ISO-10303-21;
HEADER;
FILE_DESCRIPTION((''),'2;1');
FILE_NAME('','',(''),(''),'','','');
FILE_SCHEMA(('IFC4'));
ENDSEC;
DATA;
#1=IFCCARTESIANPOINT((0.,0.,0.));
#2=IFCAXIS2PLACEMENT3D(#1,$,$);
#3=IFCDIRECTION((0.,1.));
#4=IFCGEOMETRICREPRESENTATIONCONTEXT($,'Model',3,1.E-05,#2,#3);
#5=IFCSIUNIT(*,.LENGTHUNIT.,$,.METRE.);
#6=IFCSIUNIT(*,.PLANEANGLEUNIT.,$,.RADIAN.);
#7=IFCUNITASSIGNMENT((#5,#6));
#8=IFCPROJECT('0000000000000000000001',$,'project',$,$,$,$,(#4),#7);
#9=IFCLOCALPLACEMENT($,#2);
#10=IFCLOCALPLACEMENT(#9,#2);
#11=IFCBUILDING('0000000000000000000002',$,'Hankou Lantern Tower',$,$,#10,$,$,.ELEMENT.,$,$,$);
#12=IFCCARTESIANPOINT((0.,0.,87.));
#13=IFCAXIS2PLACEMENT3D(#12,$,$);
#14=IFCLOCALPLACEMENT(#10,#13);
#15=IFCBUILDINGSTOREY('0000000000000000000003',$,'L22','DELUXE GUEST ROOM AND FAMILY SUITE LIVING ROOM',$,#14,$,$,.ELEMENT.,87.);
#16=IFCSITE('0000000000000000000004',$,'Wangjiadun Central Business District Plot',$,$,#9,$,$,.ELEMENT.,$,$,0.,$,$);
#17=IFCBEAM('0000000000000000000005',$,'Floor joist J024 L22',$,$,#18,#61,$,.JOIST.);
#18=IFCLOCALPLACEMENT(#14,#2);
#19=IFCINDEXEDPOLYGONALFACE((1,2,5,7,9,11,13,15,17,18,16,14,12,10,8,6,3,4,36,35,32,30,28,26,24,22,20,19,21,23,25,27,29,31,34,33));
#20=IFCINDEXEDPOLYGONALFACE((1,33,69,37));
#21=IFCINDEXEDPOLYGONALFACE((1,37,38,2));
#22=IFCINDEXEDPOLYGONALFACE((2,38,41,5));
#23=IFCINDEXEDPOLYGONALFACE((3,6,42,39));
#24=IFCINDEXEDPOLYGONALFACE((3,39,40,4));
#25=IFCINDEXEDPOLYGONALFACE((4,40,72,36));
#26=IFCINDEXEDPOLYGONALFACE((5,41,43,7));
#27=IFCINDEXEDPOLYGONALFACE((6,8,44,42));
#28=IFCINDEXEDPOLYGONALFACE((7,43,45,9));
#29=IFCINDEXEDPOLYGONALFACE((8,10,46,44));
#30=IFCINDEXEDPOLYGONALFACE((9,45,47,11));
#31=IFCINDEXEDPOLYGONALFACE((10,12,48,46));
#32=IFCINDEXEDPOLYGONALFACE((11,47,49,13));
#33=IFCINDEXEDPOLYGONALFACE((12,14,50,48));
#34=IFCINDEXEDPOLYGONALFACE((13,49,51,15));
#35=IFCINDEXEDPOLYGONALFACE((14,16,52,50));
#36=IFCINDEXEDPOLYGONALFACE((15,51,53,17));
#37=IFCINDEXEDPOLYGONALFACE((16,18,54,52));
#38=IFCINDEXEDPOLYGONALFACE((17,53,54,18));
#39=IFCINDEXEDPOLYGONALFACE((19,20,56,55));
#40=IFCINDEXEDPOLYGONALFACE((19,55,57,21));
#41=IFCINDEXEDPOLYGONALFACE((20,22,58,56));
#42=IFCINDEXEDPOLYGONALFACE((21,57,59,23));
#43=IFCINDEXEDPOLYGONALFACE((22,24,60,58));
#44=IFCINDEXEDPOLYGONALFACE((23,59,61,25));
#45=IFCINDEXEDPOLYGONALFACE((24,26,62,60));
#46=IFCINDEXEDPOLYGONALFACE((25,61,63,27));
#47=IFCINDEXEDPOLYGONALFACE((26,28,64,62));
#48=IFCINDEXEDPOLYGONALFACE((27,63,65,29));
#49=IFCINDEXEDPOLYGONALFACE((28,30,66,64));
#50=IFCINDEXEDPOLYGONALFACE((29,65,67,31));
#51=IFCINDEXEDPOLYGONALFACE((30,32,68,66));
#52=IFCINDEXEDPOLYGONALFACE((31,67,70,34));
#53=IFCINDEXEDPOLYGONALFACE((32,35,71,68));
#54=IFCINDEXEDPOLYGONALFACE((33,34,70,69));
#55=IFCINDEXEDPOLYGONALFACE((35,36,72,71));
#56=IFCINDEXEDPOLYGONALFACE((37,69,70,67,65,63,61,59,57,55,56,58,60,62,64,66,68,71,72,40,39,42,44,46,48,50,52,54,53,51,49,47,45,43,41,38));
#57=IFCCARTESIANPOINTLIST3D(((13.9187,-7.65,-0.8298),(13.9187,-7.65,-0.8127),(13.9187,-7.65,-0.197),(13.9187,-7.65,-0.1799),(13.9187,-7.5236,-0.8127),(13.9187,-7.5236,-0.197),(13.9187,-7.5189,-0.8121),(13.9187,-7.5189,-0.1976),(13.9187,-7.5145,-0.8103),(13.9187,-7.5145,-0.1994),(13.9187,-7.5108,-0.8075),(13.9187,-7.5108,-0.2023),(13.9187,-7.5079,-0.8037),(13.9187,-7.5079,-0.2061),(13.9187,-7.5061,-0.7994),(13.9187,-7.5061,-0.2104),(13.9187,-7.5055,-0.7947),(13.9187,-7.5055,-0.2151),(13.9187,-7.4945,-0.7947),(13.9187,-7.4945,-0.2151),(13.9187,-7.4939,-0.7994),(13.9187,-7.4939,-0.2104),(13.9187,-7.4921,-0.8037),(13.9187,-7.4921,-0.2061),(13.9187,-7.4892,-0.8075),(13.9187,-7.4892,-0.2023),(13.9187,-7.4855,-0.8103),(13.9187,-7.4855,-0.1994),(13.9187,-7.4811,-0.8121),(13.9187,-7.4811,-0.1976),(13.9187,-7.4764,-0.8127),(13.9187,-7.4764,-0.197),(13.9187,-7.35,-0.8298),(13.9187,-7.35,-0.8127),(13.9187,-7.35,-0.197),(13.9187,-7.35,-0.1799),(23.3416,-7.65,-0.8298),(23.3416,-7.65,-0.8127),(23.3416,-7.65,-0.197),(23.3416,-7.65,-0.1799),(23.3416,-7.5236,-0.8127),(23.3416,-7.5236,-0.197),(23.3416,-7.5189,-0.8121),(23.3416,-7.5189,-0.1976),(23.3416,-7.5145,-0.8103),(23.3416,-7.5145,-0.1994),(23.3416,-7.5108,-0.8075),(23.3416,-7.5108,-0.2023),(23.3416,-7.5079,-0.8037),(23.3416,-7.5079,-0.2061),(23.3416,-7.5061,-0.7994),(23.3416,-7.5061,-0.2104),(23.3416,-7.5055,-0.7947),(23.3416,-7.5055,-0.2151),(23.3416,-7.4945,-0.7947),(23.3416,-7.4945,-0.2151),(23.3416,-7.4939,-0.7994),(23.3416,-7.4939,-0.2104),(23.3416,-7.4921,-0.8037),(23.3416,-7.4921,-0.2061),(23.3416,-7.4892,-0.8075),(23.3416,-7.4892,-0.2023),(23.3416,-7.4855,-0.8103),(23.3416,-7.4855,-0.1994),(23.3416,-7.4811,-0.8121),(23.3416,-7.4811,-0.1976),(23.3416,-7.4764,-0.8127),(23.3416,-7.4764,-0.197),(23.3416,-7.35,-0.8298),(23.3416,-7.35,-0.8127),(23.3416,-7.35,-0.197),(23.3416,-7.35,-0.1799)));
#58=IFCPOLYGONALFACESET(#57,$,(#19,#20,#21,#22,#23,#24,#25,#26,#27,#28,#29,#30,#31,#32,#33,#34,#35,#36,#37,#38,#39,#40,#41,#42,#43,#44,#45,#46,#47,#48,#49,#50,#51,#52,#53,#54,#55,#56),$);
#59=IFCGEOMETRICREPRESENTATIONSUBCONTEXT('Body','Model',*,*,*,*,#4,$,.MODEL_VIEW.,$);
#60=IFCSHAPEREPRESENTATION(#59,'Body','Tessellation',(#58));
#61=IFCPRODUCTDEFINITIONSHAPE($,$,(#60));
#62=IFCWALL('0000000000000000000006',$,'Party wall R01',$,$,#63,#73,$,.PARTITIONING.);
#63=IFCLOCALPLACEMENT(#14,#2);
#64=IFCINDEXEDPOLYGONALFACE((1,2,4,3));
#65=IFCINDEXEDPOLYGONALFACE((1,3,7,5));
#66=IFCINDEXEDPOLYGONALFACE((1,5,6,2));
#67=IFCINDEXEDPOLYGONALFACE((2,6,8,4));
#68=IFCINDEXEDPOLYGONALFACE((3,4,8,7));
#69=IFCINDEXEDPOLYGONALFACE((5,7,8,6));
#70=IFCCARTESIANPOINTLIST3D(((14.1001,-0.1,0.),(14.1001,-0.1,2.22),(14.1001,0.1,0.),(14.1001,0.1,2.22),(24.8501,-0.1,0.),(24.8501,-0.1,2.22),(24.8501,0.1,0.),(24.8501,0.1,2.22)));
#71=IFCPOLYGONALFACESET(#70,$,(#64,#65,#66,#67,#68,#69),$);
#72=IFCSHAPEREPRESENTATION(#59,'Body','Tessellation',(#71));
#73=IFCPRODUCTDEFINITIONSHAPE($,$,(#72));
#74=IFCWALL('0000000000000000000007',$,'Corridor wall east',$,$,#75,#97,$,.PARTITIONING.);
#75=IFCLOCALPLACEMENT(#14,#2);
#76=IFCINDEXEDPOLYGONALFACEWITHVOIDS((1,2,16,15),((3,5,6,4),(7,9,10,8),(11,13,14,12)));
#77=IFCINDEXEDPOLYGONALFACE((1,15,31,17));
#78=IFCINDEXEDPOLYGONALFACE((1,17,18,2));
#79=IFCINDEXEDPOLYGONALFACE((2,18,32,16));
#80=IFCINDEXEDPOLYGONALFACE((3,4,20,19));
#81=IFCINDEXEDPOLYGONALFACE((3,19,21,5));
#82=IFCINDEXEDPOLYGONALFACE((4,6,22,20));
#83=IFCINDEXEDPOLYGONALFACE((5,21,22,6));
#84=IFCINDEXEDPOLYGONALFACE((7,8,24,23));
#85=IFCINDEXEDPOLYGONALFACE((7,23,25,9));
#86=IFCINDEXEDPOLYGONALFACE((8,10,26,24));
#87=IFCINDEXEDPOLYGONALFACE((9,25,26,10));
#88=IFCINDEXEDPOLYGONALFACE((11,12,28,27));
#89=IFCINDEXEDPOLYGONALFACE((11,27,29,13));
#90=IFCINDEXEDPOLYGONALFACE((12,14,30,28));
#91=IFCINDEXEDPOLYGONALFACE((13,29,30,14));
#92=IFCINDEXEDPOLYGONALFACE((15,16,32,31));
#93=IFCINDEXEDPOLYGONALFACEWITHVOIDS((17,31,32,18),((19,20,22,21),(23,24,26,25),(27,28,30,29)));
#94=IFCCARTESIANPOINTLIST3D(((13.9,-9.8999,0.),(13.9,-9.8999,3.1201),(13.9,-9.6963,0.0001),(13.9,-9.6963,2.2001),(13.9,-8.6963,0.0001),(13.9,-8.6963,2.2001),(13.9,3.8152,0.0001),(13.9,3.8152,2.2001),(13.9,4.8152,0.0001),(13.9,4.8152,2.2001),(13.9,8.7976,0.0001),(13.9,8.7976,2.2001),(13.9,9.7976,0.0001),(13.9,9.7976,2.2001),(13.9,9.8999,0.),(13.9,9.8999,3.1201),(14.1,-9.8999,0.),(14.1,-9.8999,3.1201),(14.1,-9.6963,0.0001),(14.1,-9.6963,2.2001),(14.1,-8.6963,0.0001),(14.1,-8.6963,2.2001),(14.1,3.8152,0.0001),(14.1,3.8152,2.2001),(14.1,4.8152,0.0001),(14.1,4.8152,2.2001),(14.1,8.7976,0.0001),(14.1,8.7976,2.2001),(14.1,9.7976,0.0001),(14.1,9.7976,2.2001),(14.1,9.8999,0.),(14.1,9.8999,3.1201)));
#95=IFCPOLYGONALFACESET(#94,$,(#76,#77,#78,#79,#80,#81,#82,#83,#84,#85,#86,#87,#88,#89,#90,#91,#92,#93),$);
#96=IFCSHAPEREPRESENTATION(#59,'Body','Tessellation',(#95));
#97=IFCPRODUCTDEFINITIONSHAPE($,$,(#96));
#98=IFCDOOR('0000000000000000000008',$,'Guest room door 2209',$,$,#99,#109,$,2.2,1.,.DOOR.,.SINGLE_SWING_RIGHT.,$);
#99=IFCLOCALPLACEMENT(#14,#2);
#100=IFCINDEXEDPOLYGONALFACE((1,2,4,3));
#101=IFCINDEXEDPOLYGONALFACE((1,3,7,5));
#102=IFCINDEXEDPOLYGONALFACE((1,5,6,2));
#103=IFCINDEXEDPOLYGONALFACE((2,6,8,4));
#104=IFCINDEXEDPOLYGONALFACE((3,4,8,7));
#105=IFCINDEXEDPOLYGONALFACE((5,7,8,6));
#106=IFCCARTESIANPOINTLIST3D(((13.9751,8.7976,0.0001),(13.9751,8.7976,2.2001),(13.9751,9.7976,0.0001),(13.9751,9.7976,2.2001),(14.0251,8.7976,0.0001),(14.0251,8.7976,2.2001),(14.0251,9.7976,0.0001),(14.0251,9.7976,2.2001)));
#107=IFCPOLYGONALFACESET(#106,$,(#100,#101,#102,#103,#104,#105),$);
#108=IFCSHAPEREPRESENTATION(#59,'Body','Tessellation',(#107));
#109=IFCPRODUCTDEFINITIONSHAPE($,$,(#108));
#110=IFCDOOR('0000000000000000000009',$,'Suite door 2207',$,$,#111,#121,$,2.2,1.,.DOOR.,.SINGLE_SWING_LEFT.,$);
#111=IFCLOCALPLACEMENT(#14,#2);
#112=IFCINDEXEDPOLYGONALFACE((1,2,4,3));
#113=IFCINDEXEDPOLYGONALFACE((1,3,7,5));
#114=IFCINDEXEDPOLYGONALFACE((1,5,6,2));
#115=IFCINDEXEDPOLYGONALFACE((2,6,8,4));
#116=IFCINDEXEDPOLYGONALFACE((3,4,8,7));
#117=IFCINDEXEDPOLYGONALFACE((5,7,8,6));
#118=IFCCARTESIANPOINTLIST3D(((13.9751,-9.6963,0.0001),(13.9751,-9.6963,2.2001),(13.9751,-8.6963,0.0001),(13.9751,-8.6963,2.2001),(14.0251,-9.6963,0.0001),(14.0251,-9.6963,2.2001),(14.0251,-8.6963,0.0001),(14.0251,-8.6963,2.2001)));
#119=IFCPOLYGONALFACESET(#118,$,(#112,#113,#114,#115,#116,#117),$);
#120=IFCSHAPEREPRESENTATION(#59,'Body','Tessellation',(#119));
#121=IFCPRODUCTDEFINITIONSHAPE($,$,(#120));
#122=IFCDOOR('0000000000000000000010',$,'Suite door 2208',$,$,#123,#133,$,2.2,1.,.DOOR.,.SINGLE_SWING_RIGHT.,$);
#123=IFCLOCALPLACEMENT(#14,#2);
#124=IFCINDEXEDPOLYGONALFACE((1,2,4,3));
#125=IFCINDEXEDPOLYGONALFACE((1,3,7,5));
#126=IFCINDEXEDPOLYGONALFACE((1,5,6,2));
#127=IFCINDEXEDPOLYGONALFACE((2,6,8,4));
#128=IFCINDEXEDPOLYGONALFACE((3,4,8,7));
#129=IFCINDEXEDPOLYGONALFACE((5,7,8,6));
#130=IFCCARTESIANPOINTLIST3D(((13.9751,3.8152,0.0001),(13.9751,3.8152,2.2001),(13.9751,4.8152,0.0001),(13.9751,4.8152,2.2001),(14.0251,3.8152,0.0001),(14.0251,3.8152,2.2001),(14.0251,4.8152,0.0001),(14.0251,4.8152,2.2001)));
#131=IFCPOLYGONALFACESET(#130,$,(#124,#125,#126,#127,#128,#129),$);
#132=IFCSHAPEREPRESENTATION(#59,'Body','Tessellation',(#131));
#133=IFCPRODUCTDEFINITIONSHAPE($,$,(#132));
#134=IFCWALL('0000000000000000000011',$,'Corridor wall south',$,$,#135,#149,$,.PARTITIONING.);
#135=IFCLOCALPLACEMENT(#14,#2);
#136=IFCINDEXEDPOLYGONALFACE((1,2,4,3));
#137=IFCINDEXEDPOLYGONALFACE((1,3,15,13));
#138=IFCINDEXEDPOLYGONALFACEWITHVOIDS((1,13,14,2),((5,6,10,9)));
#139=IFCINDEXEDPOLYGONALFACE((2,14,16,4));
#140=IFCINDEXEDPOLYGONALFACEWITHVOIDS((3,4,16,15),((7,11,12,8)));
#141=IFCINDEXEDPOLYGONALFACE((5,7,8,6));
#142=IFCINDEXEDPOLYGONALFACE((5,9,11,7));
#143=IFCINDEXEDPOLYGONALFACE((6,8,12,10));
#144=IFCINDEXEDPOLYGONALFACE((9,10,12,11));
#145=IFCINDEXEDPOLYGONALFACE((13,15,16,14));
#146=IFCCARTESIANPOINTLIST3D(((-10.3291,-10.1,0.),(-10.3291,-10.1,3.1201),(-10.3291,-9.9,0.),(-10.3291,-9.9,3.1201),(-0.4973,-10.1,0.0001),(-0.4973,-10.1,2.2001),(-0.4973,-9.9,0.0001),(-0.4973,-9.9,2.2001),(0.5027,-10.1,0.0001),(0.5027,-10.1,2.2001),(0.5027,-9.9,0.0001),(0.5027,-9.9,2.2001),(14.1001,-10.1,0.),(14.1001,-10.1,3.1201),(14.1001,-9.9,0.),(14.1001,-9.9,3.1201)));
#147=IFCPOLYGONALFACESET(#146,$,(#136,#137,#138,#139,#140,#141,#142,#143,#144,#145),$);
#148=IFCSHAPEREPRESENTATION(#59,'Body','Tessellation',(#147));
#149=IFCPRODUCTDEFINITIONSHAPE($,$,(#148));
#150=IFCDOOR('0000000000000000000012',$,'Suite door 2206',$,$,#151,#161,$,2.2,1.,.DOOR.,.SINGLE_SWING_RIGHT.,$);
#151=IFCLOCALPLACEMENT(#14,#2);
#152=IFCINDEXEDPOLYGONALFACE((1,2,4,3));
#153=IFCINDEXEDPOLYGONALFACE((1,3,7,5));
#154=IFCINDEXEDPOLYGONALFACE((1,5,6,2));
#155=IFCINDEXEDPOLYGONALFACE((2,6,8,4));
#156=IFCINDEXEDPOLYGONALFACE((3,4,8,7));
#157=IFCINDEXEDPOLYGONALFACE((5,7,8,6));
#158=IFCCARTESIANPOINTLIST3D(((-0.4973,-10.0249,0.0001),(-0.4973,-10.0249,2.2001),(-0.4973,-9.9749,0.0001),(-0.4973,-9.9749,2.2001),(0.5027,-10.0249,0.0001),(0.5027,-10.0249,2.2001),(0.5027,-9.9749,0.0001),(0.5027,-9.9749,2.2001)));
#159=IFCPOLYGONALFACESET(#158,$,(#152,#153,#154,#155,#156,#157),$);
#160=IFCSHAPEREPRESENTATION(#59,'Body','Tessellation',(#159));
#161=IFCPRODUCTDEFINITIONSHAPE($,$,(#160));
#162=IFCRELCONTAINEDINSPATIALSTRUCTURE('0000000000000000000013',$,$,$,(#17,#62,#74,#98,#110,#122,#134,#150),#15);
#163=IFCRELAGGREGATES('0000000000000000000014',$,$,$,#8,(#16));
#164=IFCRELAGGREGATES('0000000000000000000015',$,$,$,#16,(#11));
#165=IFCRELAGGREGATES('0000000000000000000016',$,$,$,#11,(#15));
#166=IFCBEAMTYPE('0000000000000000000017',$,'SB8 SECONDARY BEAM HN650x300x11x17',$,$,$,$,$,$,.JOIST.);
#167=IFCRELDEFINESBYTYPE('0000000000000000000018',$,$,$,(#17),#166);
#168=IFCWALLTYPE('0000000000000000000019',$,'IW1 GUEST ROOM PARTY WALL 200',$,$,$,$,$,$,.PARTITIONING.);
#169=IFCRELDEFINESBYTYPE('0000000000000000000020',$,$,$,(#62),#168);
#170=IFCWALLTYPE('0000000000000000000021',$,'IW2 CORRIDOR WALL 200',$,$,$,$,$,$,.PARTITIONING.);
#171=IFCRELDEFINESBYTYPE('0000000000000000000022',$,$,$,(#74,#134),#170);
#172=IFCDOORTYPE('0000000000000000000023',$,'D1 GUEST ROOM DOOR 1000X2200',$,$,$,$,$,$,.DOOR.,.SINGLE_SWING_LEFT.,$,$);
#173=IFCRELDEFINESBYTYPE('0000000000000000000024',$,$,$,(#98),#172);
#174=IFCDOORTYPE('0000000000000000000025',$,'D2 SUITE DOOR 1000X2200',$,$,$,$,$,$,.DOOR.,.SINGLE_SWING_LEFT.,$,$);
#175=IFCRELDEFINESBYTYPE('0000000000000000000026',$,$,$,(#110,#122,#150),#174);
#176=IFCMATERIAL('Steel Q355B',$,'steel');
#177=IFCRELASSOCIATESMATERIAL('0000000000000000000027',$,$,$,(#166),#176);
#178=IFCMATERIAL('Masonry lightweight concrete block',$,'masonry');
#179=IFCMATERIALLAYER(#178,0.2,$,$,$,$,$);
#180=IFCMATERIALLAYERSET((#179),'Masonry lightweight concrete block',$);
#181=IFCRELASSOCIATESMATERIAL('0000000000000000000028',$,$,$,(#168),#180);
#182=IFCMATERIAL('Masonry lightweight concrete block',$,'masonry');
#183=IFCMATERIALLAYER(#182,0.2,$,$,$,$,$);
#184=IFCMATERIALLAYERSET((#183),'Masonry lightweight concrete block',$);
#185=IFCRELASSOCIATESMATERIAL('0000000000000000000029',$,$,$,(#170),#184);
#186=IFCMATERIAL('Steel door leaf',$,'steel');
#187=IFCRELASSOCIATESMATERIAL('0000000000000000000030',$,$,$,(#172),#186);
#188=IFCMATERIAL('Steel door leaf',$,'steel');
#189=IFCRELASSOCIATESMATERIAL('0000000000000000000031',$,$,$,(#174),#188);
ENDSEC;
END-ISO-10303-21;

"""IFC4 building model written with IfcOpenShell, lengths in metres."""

from ifc_helpers import new_model, si_unit, direction, frame, frame_2d, origin, origin_2d, place, context, subcontext, project, spatial, rectangle, i_section, extrude, material, layer, layer_set, material_profile, profile_set, type_object, element, fill, save


model = new_model("IFC4")

# Units and contexts
model_context = context("Model", 3, precision=1e-05, world=origin(), true_north=direction((0.0, 1.0)))
body_context = subcontext(model_context, "Body", "Model", "MODEL_VIEW")
ifc_project = project(units=[si_unit("LENGTHUNIT", "METRE"), si_unit("PLANEANGLEUNIT", "RADIAN")], contexts=[model_context])

# Site, building, storey
site_placement = place(None, origin())
site = spatial("IfcSite", under=ifc_project, at=site_placement, Name="Wangjiadun Central Business District Plot", CompositionType="ELEMENT", RefElevation=0.0)
building_placement = place(site_placement, origin())
building = spatial("IfcBuilding", under=site, at=building_placement, Name="Hankou Lantern Tower", CompositionType="ELEMENT")
storey_placement = place(building_placement, frame((0.0, 0.0, 87.0)))
storey = spatial("IfcBuildingStorey", under=building, at=storey_placement, Name="L22", Description="DELUXE GUEST ROOM AND FAMILY SUITE LIVING ROOM", CompositionType="ELEMENT", Elevation=87.0)

# Beam
ifc_material_1 = material(Name="Steel Q355B", Category="steel")
ifc_material_profile_1 = material_profile(ifc_material_1, i_section(OverallWidth=0.3, OverallDepth=0.6499, WebThickness=0.011, FlangeThickness=0.0171, FilletRadius=0.0181, at=origin_2d()), Name="HN650x300x11x17")
ifc_profile_set_1 = profile_set([ifc_material_profile_1], Name="Steel Q355B")
beam_type_1 = type_object("IfcBeamType", Name="SB8 SECONDARY BEAM HN650x300x11x17", PredefinedType="JOIST", material=ifc_profile_set_1)
beam_1_placement = place(storey_placement, frame((13.9187, -7.5, -0.5049), z_axis=(1.0, 0.0, 0.0), x_axis=(0.0, 1.0, 0.0)))
element("IfcBeam", 1, at=beam_1_placement, inside=storey, type_object=beam_type_1, Name="Floor joist J024 L22", PredefinedType="JOIST", context=body_context, shape_type="SweptSolid", body=[
    extrude(i_section(OverallWidth=0.3, OverallDepth=0.6499, WebThickness=0.011, FlangeThickness=0.0171, FilletRadius=0.0181, at=origin_2d()), origin(), (0.0, 0.0, 1.0), 9.4229),
])

# Wall
ifc_material_2 = material(Name="Masonry lightweight concrete block", Category="masonry")
ifc_layer_1 = layer(ifc_material_2, 0.2)
ifc_layer_set_1 = layer_set([ifc_layer_1], Name="Masonry lightweight concrete block")
wall_type_1 = type_object("IfcWallType", Name="IW1 GUEST ROOM PARTY WALL 200", PredefinedType="PARTITIONING", material=ifc_layer_set_1)
wall_1_placement = place(storey_placement, frame((14.1001, 0.0, 0.0), z_axis=(0.0, 0.0, 1.0), x_axis=(1.0, 0.0, 0.0)))
element("IfcWall", 2, at=wall_1_placement, inside=storey, type_object=wall_type_1, Name="Party wall R01", PredefinedType="PARTITIONING", context=body_context, shape_type="SweptSolid", body=[
    extrude(rectangle(XDim=10.75, YDim=0.2, at=frame_2d((5.375, 0.0))), origin(), (0.0, 0.0, 1.0), 2.22),
])

# Wall, openings, doors
ifc_material_3 = material(Name="Masonry lightweight concrete block", Category="masonry")
ifc_layer_2 = layer(ifc_material_3, 0.2)
ifc_layer_set_2 = layer_set([ifc_layer_2], Name="Masonry lightweight concrete block")
wall_type_2 = type_object("IfcWallType", Name="IW2 CORRIDOR WALL 200", PredefinedType="PARTITIONING", material=ifc_layer_set_2)
wall_2_placement = place(storey_placement, frame((14.0, -9.8999, 0.0), z_axis=(0.0, 0.0, 1.0), x_axis=(0.0, 1.0, 0.0)))
wall_2 = element("IfcWall", 3, at=wall_2_placement, inside=storey, type_object=wall_type_2, Name="Corridor wall east", PredefinedType="PARTITIONING", context=body_context, shape_type="SweptSolid", body=[
    extrude(rectangle(XDim=19.7998, YDim=0.2, at=frame_2d((9.8999, 0.0))), origin(), (0.0, 0.0, 1.0), 3.1201),
])
opening_1_placement = place(wall_2_placement, frame((0.2036, 0.0, 0.0)))
opening_1 = element("IfcOpeningElement", 4, at=opening_1_placement, cuts=wall_2, PredefinedType="OPENING", context=body_context, shape_type="SweptSolid", body=[
    extrude(rectangle(XDim=1.0, YDim=2.2, at=frame_2d((0.5, 1.1001))), frame((0.0, 0.1099, 0.0), z_axis=(0.0, -1.0, 0.0), x_axis=(1.0, 0.0, 0.0)), (0.0, 0.0, 1.0), 0.22),
])
opening_2_placement = place(wall_2_placement, frame((13.7151, 0.0, 0.0)))
opening_2 = element("IfcOpeningElement", 5, at=opening_2_placement, cuts=wall_2, PredefinedType="OPENING", context=body_context, shape_type="SweptSolid", body=[
    extrude(rectangle(XDim=1.0, YDim=2.2, at=frame_2d((0.5, 1.1001))), frame((0.0, 0.1099, 0.0), z_axis=(0.0, -1.0, 0.0), x_axis=(1.0, 0.0, 0.0)), (0.0, 0.0, 1.0), 0.22),
])
opening_3_placement = place(wall_2_placement, frame((18.6975, 0.0, 0.0)))
opening_3 = element("IfcOpeningElement", 6, at=opening_3_placement, cuts=wall_2, PredefinedType="OPENING", context=body_context, shape_type="SweptSolid", body=[
    extrude(rectangle(XDim=1.0, YDim=2.2, at=frame_2d((0.5, 1.1001))), frame((0.0, 0.1099, 0.0), z_axis=(0.0, -1.0, 0.0), x_axis=(1.0, 0.0, 0.0)), (0.0, 0.0, 1.0), 0.22),
])
ifc_material_4 = material(Name="Steel door leaf", Category="steel")
door_type_1 = type_object("IfcDoorType", Name="D1 GUEST ROOM DOOR 1000X2200", OperationType="SINGLE_SWING_LEFT", PredefinedType="DOOR", material=ifc_material_4)
door_1_placement = place(opening_3_placement, origin())
door_1 = element("IfcDoor", 7, at=door_1_placement, inside=storey, type_object=door_type_1, Name="Guest room door 2209", OperationType="SINGLE_SWING_RIGHT", OverallHeight=2.2, OverallWidth=1.0, PredefinedType="DOOR", context=body_context, shape_type="SweptSolid", body=[
    extrude(rectangle(XDim=1.0, YDim=2.2, at=frame_2d((0.5, 1.1001))), frame((0.0, 0.0249, 0.0), z_axis=(0.0, -1.0, 0.0), x_axis=(1.0, 0.0, 0.0)), (0.0, 0.0, 1.0), 0.05),
])
fill(opening_3, door_1)
ifc_material_5 = material(Name="Steel door leaf", Category="steel")
door_type_2 = type_object("IfcDoorType", Name="D2 SUITE DOOR 1000X2200", OperationType="SINGLE_SWING_LEFT", PredefinedType="DOOR", material=ifc_material_5)
door_2_placement = place(opening_1_placement, origin())
door_2 = element("IfcDoor", 8, at=door_2_placement, inside=storey, type_object=door_type_2, Name="Suite door 2207", OperationType="SINGLE_SWING_LEFT", OverallHeight=2.2, OverallWidth=1.0, PredefinedType="DOOR", context=body_context, shape_type="SweptSolid", body=[
    extrude(rectangle(XDim=1.0, YDim=2.2, at=frame_2d((0.5, 1.1001))), frame((0.0, 0.0249, 0.0), z_axis=(0.0, -1.0, 0.0), x_axis=(1.0, 0.0, 0.0)), (0.0, 0.0, 1.0), 0.05),
])
fill(opening_1, door_2)
door_3_placement = place(opening_2_placement, origin())
door_3 = element("IfcDoor", 9, at=door_3_placement, inside=storey, type_object=door_type_2, Name="Suite door 2208", OperationType="SINGLE_SWING_RIGHT", OverallHeight=2.2, OverallWidth=1.0, PredefinedType="DOOR", context=body_context, shape_type="SweptSolid", body=[
    extrude(rectangle(XDim=1.0, YDim=2.2, at=frame_2d((0.5, 1.1001))), frame((0.0, 0.0249, 0.0), z_axis=(0.0, -1.0, 0.0), x_axis=(1.0, 0.0, 0.0)), (0.0, 0.0, 1.0), 0.05),
])
fill(opening_2, door_3)

# Wall, opening, door
wall_3_placement = place(storey_placement, frame((14.1001, -10.0, 0.0), z_axis=(0.0, 0.0, 1.0), x_axis=(-1.0, 0.0, 0.0)))
wall_3 = element("IfcWall", 10, at=wall_3_placement, inside=storey, type_object=wall_type_2, Name="Corridor wall south", PredefinedType="PARTITIONING", context=body_context, shape_type="SweptSolid", body=[
    extrude(rectangle(XDim=24.4292, YDim=0.2, at=frame_2d((12.2146, 0.0))), origin(), (0.0, 0.0, 1.0), 3.1201),
])
opening_4_placement = place(wall_3_placement, frame((13.5974, 0.0, 0.0)))
opening_4 = element("IfcOpeningElement", 11, at=opening_4_placement, cuts=wall_3, PredefinedType="OPENING", context=body_context, shape_type="SweptSolid", body=[
    extrude(rectangle(XDim=1.0, YDim=2.2, at=frame_2d((0.5, 1.1001))), frame((0.0, 0.1099, 0.0), z_axis=(0.0, -1.0, 0.0), x_axis=(1.0, 0.0, 0.0)), (0.0, 0.0, 1.0), 0.22),
])
door_4_placement = place(opening_4_placement, origin())
door_4 = element("IfcDoor", 12, at=door_4_placement, inside=storey, type_object=door_type_2, Name="Suite door 2206", OperationType="SINGLE_SWING_RIGHT", OverallHeight=2.2, OverallWidth=1.0, PredefinedType="DOOR", context=body_context, shape_type="SweptSolid", body=[
    extrude(rectangle(XDim=1.0, YDim=2.2, at=frame_2d((0.5, 1.1001))), frame((0.0, 0.0249, 0.0), z_axis=(0.0, -1.0, 0.0), x_axis=(1.0, 0.0, 0.0)), (0.0, 0.0, 1.0), 0.05),
])
fill(opening_4, door_4)

save(model, "model.ifc")
